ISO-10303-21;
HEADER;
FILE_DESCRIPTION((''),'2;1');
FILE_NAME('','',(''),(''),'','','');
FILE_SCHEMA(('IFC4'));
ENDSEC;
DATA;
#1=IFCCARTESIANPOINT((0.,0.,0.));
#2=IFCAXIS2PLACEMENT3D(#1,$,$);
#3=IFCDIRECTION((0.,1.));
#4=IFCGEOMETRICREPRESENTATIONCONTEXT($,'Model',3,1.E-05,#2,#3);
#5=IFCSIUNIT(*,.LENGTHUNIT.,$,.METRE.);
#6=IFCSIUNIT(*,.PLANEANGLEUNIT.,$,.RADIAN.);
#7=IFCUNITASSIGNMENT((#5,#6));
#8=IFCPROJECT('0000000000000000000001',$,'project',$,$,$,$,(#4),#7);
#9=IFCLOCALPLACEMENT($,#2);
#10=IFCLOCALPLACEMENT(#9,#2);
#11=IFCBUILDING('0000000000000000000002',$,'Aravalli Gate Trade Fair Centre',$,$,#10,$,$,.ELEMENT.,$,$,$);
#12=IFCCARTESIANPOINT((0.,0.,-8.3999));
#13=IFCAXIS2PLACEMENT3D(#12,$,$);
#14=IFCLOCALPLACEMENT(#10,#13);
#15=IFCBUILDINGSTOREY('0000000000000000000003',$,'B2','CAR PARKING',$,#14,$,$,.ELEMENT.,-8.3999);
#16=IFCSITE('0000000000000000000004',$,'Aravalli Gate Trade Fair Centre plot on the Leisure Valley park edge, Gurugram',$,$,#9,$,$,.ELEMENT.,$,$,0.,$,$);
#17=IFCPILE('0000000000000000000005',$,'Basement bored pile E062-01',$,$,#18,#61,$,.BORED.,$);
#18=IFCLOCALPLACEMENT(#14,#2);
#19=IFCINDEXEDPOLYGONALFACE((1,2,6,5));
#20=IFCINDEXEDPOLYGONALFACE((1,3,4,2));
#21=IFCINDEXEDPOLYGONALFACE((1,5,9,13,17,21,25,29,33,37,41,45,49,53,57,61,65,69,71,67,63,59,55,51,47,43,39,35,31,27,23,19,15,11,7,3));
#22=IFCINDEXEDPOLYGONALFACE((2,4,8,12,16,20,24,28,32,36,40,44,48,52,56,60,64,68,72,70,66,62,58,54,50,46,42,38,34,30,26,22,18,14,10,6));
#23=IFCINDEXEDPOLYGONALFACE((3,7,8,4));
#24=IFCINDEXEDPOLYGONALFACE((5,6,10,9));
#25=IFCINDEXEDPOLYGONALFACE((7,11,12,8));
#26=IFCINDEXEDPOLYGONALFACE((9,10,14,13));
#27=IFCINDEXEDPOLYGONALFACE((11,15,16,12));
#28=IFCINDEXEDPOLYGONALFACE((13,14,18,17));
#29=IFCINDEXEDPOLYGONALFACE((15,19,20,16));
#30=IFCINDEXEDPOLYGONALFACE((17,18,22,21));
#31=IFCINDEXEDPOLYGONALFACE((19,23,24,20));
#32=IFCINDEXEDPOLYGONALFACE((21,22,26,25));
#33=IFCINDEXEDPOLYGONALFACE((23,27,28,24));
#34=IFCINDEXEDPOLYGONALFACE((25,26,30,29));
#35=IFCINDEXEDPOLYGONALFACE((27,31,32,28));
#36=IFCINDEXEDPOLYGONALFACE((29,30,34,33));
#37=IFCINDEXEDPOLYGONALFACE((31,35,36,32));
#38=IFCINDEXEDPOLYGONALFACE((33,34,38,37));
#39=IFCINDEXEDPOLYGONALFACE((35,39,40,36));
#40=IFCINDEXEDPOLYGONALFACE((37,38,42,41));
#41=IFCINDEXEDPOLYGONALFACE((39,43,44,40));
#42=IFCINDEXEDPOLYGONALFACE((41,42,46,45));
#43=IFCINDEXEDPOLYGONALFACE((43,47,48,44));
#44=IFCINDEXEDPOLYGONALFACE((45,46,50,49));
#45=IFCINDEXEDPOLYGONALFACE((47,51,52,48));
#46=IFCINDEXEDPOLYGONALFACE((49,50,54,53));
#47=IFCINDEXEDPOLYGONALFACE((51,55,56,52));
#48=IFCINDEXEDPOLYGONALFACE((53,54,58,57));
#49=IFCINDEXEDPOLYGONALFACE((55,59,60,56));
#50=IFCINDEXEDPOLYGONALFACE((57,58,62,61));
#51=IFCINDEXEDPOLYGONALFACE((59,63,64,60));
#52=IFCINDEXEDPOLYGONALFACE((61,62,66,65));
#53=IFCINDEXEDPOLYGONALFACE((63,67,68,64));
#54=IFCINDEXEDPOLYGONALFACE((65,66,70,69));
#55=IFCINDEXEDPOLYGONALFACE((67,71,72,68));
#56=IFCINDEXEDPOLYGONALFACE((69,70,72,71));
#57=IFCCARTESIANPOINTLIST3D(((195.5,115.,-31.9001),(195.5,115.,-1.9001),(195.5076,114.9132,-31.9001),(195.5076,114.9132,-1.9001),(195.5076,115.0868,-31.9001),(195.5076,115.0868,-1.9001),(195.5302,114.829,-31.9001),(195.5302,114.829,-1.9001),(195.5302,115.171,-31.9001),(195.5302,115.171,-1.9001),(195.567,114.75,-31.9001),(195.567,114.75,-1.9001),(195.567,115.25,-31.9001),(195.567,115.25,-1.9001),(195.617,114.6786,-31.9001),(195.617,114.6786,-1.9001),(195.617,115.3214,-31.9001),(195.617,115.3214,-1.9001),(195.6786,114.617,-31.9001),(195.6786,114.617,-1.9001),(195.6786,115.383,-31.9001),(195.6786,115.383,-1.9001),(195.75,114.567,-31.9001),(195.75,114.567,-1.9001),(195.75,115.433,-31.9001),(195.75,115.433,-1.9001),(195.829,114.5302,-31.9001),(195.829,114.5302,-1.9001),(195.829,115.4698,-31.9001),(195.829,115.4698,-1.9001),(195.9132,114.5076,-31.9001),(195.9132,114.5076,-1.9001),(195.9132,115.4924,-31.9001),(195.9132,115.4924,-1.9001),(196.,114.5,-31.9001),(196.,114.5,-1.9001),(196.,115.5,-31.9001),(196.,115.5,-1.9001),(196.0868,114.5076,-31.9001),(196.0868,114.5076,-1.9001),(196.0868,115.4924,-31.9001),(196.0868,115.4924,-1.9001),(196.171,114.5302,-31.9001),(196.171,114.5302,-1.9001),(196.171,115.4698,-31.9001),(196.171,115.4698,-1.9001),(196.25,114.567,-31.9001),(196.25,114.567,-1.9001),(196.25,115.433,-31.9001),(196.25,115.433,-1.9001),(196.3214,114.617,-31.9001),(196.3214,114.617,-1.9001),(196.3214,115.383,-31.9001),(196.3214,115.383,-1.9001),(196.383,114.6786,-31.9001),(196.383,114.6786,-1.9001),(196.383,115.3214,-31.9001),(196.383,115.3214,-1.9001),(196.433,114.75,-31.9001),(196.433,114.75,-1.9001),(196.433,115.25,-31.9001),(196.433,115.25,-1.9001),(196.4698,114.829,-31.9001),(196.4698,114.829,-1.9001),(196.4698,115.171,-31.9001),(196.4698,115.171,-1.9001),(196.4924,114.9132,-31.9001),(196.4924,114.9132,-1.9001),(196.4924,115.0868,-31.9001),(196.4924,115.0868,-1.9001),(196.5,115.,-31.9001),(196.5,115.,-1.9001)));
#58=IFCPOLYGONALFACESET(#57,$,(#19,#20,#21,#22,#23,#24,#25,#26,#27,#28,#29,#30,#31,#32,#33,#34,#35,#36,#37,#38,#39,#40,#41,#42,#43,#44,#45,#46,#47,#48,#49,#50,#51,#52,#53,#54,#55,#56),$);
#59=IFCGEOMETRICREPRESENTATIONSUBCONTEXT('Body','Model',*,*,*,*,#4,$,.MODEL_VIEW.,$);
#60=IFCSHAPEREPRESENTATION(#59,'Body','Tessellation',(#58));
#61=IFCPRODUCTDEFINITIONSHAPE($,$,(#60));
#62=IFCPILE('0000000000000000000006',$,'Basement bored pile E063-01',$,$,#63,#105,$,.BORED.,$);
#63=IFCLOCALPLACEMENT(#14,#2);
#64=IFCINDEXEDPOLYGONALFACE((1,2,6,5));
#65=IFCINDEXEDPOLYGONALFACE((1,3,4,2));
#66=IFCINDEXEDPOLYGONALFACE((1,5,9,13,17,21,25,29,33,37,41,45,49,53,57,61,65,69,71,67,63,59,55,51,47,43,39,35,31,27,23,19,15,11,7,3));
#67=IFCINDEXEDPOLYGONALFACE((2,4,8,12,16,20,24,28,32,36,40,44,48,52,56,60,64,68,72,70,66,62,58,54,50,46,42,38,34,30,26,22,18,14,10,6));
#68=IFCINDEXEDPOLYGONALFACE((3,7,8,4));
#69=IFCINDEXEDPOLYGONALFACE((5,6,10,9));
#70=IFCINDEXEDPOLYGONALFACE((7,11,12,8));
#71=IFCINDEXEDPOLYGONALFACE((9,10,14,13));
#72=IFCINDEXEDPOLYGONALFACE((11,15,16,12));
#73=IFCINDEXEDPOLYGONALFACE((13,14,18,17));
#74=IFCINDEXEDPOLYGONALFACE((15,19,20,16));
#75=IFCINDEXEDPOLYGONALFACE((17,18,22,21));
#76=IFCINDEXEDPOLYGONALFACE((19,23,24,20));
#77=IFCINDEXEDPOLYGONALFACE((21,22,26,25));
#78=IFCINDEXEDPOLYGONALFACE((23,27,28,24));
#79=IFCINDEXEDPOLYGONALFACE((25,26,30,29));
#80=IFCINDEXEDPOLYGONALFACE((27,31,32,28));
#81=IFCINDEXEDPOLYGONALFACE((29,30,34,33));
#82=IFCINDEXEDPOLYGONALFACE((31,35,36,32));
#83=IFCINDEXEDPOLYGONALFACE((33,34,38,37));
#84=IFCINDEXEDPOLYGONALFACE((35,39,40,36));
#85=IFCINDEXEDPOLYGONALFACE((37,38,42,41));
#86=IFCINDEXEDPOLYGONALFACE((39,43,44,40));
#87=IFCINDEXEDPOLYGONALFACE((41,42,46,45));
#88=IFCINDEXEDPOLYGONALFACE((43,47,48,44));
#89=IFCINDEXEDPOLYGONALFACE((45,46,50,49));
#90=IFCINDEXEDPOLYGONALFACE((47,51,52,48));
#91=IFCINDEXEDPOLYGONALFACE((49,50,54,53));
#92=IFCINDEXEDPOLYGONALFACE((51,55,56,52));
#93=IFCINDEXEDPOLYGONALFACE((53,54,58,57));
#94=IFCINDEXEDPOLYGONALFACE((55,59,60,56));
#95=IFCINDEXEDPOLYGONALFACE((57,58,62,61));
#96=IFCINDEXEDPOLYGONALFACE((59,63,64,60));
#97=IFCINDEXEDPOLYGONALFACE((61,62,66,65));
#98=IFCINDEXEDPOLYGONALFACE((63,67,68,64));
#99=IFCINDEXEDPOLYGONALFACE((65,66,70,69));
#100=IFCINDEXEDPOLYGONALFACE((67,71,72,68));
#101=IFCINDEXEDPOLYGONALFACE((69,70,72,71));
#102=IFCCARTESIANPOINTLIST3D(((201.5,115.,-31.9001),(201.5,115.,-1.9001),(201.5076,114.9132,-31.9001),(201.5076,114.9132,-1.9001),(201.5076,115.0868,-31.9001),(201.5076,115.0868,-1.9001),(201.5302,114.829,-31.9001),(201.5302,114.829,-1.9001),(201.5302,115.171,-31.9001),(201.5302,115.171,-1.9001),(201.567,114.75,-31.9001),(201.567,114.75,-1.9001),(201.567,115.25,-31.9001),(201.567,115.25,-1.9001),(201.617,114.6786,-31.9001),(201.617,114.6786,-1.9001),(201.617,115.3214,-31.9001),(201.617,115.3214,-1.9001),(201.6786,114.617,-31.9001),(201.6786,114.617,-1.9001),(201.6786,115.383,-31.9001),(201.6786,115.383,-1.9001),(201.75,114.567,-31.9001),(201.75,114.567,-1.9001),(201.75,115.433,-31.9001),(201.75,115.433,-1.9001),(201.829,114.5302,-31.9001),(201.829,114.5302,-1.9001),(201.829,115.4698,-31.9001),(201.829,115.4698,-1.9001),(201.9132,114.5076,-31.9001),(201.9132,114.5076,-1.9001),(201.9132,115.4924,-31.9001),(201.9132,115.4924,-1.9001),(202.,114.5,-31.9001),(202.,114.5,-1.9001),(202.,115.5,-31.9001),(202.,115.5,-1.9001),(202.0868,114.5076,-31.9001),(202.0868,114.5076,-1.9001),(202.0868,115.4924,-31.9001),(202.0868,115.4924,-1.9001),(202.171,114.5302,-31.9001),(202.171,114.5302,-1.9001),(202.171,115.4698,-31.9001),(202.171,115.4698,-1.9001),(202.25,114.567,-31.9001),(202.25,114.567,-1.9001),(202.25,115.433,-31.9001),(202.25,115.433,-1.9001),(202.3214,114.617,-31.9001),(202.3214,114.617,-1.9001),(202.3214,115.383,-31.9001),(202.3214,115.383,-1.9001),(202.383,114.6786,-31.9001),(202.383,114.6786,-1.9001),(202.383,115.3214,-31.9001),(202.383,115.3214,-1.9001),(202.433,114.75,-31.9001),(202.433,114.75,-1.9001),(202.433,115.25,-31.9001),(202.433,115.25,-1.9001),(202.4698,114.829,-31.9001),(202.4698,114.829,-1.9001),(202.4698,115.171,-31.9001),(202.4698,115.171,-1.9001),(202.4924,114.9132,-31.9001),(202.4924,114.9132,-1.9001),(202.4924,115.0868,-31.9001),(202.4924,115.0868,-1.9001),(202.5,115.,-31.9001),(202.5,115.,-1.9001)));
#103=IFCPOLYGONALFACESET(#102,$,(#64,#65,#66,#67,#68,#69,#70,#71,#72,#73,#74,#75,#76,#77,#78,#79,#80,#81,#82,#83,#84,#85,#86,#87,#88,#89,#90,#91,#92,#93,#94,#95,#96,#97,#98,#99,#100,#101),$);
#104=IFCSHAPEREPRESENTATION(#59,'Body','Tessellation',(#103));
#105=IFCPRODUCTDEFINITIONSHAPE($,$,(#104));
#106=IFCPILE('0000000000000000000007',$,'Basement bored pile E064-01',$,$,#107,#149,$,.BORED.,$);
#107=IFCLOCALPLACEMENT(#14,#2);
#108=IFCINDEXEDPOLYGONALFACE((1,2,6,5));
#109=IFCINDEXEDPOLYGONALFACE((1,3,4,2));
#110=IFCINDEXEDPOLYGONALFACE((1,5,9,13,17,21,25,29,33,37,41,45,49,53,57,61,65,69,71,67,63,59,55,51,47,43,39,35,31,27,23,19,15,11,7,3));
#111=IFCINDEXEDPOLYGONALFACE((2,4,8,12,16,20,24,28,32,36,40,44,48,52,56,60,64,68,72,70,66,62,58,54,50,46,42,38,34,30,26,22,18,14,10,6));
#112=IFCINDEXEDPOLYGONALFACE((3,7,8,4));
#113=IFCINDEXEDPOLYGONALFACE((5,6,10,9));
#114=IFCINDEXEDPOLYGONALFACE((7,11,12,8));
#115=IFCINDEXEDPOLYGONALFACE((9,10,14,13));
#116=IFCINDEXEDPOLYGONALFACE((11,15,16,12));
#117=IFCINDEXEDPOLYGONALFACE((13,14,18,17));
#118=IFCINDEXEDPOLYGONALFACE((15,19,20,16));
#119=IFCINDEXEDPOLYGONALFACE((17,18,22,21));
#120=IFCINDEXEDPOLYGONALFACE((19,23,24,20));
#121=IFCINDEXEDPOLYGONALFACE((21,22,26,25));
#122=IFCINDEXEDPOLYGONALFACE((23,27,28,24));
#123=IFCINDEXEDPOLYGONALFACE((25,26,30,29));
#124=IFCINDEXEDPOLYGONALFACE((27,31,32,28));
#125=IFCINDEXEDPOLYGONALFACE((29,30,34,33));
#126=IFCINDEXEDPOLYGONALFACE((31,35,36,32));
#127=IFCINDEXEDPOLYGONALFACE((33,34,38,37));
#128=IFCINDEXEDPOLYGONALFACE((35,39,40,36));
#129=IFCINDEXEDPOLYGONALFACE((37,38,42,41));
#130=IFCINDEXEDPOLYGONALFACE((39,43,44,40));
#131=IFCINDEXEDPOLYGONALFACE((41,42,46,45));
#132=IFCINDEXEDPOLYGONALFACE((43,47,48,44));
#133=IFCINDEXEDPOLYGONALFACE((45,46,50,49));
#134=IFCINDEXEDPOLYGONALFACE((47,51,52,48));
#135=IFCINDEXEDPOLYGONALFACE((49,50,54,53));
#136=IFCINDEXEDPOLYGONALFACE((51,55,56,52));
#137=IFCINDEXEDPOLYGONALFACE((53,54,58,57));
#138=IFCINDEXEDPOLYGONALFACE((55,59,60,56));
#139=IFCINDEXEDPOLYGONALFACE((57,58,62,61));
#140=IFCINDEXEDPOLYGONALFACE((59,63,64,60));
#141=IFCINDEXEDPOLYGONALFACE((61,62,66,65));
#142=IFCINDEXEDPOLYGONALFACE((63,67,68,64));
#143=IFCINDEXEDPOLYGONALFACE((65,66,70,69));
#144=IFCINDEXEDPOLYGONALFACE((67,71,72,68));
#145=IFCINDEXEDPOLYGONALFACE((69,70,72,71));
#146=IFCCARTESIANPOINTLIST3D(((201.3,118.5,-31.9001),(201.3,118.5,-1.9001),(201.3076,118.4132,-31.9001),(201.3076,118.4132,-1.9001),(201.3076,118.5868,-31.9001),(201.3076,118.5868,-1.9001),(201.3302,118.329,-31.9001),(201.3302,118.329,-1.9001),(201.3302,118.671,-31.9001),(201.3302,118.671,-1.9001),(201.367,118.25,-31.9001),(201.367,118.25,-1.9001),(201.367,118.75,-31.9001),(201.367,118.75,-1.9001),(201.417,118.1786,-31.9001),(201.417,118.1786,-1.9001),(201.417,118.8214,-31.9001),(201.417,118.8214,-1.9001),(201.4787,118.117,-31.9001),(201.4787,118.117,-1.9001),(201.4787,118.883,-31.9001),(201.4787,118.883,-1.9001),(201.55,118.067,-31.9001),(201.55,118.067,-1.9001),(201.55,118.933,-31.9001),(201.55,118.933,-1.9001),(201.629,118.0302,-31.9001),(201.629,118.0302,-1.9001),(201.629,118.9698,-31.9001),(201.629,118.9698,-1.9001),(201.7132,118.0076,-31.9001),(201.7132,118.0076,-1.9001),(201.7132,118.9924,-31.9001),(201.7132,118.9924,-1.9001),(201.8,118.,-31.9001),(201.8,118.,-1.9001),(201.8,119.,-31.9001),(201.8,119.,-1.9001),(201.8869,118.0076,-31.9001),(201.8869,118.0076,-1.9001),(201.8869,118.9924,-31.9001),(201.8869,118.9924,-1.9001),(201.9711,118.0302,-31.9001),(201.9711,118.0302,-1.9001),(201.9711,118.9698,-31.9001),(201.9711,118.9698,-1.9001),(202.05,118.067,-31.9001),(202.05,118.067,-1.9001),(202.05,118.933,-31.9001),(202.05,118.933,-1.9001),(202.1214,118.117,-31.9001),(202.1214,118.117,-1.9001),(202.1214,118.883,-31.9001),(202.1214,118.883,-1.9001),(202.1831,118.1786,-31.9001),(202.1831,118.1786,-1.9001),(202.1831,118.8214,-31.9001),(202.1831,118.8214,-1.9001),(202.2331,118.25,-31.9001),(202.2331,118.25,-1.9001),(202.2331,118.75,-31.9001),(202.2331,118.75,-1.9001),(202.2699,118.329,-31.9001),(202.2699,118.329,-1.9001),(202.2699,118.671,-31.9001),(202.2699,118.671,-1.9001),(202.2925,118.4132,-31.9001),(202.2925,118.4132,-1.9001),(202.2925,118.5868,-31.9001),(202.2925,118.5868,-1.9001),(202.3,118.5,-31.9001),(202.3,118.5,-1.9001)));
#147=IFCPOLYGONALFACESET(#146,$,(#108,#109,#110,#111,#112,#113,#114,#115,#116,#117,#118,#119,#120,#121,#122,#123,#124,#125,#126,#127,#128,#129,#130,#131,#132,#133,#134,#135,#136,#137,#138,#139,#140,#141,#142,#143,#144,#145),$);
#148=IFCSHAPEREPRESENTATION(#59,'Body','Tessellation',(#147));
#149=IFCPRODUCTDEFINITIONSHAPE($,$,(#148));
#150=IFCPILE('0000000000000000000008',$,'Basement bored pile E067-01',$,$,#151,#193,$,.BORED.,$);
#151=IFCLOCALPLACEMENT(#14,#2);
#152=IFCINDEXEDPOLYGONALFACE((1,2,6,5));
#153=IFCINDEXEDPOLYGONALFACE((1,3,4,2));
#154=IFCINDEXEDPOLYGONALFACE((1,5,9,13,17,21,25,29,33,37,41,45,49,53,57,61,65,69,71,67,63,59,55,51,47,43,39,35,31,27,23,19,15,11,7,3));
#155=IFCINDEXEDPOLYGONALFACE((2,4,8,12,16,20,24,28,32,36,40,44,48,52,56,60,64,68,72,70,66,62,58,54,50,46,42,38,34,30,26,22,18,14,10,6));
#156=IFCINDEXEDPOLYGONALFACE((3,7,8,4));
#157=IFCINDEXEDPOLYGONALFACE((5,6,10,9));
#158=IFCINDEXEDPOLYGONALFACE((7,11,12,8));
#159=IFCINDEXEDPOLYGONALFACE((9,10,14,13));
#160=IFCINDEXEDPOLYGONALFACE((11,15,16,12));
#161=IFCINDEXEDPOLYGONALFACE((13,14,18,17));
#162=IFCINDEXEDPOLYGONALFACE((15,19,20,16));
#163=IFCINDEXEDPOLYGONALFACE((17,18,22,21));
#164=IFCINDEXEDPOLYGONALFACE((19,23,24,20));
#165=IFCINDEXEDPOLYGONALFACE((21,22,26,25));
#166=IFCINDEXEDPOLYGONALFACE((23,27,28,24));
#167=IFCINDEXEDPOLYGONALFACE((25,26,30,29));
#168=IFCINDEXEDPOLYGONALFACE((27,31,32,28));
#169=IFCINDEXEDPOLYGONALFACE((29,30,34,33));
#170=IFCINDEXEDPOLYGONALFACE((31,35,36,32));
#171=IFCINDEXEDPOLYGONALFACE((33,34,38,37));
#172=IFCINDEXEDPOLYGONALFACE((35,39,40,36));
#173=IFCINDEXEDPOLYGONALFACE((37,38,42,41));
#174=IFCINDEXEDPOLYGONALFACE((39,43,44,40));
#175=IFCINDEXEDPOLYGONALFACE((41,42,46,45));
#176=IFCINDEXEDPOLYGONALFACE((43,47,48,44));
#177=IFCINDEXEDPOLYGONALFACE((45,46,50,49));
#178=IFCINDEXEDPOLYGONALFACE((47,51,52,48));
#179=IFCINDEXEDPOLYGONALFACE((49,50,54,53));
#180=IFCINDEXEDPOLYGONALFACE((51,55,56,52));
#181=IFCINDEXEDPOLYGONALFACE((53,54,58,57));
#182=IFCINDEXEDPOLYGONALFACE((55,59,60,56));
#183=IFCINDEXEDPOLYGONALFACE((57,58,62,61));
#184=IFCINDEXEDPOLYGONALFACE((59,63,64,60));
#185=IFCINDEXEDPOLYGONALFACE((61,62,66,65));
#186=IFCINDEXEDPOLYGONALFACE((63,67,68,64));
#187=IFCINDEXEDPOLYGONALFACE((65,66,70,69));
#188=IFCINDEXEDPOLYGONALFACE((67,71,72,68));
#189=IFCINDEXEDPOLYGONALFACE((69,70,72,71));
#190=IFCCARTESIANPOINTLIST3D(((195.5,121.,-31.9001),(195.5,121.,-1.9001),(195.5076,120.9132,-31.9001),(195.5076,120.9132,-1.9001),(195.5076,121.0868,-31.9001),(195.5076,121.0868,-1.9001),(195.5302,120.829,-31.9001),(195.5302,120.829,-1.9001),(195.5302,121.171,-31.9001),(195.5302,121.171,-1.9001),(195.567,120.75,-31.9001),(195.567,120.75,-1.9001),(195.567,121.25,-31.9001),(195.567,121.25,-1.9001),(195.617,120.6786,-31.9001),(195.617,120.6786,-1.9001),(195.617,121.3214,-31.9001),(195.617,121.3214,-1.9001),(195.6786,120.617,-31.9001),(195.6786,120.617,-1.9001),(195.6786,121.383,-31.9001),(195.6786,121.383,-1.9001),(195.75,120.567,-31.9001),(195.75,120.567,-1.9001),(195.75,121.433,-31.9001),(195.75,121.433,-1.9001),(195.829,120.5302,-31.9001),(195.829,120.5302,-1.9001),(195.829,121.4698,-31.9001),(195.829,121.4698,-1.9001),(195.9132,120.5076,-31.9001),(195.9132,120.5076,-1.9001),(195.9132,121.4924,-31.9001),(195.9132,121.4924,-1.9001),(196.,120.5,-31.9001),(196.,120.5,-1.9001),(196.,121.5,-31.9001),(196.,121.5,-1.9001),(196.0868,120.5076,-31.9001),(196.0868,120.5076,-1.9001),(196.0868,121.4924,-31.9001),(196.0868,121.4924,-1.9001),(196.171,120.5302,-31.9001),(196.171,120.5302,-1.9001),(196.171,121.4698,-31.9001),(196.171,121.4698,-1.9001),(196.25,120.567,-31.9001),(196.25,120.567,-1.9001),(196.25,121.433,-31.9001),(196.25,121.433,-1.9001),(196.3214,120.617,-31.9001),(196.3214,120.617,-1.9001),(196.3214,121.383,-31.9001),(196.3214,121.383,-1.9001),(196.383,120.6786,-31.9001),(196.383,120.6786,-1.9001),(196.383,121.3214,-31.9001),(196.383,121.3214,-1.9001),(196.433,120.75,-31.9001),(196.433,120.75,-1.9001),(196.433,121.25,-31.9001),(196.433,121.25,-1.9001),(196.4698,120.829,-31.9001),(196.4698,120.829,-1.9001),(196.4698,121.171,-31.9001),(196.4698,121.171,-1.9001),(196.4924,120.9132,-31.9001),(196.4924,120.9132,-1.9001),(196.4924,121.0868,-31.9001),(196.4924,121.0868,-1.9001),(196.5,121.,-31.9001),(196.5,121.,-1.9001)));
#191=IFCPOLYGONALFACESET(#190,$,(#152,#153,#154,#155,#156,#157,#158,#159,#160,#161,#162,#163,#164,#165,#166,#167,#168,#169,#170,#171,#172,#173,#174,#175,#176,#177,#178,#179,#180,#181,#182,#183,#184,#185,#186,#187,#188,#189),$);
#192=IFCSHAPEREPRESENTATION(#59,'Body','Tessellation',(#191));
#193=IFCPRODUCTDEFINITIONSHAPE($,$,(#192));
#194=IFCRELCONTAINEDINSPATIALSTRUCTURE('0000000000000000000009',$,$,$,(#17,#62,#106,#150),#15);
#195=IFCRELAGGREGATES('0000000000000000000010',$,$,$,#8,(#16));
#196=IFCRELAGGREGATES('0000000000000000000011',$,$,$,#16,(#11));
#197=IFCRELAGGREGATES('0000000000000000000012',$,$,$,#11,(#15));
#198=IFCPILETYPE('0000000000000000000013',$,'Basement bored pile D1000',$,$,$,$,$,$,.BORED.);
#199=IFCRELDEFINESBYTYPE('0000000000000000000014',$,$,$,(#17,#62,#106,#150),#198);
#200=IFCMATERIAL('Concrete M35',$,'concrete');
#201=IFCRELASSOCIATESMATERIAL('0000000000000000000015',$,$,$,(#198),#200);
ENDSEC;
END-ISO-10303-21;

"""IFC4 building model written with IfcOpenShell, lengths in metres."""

from ifc_helpers import new_model, si_unit, direction, frame, origin, origin_2d, place, context, subcontext, project, spatial, circle, extrude, material, material_profile, profile_set, type_object, element, save


model = new_model("IFC4")

# Units and contexts
model_context = context("Model", 3, precision=1e-05, world=origin(), true_north=direction((0.0, 1.0)))
body_context = subcontext(model_context, "Body", "Model", "MODEL_VIEW")
ifc_project = project(units=[si_unit("LENGTHUNIT", "METRE"), si_unit("PLANEANGLEUNIT", "RADIAN")], contexts=[model_context])

# Site, building, storey
site_placement = place(None, origin())
site = spatial("IfcSite", under=ifc_project, at=site_placement, Name="Aravalli Gate Trade Fair Centre plot on the Leisure Valley park edge, Gurugram", CompositionType="ELEMENT", RefElevation=0.0)
building_placement = place(site_placement, origin())
building = spatial("IfcBuilding", under=site, at=building_placement, Name="Aravalli Gate Trade Fair Centre", CompositionType="ELEMENT")
storey_placement = place(building_placement, frame((0.0, 0.0, -8.3999)))
storey = spatial("IfcBuildingStorey", under=building, at=storey_placement, Name="B2", Description="CAR PARKING", CompositionType="ELEMENT", Elevation=-8.3999)

# Piles
ifc_material_1 = material(Name="Concrete M35", Category="concrete")
ifc_material_profile_1 = material_profile(ifc_material_1, circle(Radius=0.5, at=origin_2d()), Name="D1000")
ifc_profile_set_1 = profile_set([ifc_material_profile_1], Name="Concrete M35")
pile_type = type_object("IfcPileType", Name="Basement bored pile D1000", PredefinedType="BORED", material=ifc_profile_set_1)
for number, where, z_axis, x_axis, name in (
    (1, (196.0, 115.0, -1.9001), (0.0, 0.0, -1.0), (1.0, 0.0, 0.0), "Basement bored pile E062-01"),
    (2, (202.0, 115.0, -1.9001), (0.0, 0.0, -1.0), (1.0, 0.0, 0.0), "Basement bored pile E063-01"),
    (3, (201.8, 118.5, -1.9001), (0.0, 0.0, -1.0), (1.0, 0.0, 0.0), "Basement bored pile E064-01"),
    (4, (196.0, 121.0, -1.9001), (0.0, 0.0, -1.0), (1.0, 0.0, 0.0), "Basement bored pile E067-01"),
):
    element("IfcPile", number, at=place(storey_placement, frame(where, z_axis=z_axis, x_axis=x_axis)), inside=storey, type_object=pile_type, Name=name, PredefinedType="BORED", context=body_context, shape_type="SweptSolid", body=[
        extrude(circle(Radius=0.5, at=origin_2d()), origin(), (0.0, 0.0, 1.0), 30.0),
    ])

save(model, "model.ifc")
